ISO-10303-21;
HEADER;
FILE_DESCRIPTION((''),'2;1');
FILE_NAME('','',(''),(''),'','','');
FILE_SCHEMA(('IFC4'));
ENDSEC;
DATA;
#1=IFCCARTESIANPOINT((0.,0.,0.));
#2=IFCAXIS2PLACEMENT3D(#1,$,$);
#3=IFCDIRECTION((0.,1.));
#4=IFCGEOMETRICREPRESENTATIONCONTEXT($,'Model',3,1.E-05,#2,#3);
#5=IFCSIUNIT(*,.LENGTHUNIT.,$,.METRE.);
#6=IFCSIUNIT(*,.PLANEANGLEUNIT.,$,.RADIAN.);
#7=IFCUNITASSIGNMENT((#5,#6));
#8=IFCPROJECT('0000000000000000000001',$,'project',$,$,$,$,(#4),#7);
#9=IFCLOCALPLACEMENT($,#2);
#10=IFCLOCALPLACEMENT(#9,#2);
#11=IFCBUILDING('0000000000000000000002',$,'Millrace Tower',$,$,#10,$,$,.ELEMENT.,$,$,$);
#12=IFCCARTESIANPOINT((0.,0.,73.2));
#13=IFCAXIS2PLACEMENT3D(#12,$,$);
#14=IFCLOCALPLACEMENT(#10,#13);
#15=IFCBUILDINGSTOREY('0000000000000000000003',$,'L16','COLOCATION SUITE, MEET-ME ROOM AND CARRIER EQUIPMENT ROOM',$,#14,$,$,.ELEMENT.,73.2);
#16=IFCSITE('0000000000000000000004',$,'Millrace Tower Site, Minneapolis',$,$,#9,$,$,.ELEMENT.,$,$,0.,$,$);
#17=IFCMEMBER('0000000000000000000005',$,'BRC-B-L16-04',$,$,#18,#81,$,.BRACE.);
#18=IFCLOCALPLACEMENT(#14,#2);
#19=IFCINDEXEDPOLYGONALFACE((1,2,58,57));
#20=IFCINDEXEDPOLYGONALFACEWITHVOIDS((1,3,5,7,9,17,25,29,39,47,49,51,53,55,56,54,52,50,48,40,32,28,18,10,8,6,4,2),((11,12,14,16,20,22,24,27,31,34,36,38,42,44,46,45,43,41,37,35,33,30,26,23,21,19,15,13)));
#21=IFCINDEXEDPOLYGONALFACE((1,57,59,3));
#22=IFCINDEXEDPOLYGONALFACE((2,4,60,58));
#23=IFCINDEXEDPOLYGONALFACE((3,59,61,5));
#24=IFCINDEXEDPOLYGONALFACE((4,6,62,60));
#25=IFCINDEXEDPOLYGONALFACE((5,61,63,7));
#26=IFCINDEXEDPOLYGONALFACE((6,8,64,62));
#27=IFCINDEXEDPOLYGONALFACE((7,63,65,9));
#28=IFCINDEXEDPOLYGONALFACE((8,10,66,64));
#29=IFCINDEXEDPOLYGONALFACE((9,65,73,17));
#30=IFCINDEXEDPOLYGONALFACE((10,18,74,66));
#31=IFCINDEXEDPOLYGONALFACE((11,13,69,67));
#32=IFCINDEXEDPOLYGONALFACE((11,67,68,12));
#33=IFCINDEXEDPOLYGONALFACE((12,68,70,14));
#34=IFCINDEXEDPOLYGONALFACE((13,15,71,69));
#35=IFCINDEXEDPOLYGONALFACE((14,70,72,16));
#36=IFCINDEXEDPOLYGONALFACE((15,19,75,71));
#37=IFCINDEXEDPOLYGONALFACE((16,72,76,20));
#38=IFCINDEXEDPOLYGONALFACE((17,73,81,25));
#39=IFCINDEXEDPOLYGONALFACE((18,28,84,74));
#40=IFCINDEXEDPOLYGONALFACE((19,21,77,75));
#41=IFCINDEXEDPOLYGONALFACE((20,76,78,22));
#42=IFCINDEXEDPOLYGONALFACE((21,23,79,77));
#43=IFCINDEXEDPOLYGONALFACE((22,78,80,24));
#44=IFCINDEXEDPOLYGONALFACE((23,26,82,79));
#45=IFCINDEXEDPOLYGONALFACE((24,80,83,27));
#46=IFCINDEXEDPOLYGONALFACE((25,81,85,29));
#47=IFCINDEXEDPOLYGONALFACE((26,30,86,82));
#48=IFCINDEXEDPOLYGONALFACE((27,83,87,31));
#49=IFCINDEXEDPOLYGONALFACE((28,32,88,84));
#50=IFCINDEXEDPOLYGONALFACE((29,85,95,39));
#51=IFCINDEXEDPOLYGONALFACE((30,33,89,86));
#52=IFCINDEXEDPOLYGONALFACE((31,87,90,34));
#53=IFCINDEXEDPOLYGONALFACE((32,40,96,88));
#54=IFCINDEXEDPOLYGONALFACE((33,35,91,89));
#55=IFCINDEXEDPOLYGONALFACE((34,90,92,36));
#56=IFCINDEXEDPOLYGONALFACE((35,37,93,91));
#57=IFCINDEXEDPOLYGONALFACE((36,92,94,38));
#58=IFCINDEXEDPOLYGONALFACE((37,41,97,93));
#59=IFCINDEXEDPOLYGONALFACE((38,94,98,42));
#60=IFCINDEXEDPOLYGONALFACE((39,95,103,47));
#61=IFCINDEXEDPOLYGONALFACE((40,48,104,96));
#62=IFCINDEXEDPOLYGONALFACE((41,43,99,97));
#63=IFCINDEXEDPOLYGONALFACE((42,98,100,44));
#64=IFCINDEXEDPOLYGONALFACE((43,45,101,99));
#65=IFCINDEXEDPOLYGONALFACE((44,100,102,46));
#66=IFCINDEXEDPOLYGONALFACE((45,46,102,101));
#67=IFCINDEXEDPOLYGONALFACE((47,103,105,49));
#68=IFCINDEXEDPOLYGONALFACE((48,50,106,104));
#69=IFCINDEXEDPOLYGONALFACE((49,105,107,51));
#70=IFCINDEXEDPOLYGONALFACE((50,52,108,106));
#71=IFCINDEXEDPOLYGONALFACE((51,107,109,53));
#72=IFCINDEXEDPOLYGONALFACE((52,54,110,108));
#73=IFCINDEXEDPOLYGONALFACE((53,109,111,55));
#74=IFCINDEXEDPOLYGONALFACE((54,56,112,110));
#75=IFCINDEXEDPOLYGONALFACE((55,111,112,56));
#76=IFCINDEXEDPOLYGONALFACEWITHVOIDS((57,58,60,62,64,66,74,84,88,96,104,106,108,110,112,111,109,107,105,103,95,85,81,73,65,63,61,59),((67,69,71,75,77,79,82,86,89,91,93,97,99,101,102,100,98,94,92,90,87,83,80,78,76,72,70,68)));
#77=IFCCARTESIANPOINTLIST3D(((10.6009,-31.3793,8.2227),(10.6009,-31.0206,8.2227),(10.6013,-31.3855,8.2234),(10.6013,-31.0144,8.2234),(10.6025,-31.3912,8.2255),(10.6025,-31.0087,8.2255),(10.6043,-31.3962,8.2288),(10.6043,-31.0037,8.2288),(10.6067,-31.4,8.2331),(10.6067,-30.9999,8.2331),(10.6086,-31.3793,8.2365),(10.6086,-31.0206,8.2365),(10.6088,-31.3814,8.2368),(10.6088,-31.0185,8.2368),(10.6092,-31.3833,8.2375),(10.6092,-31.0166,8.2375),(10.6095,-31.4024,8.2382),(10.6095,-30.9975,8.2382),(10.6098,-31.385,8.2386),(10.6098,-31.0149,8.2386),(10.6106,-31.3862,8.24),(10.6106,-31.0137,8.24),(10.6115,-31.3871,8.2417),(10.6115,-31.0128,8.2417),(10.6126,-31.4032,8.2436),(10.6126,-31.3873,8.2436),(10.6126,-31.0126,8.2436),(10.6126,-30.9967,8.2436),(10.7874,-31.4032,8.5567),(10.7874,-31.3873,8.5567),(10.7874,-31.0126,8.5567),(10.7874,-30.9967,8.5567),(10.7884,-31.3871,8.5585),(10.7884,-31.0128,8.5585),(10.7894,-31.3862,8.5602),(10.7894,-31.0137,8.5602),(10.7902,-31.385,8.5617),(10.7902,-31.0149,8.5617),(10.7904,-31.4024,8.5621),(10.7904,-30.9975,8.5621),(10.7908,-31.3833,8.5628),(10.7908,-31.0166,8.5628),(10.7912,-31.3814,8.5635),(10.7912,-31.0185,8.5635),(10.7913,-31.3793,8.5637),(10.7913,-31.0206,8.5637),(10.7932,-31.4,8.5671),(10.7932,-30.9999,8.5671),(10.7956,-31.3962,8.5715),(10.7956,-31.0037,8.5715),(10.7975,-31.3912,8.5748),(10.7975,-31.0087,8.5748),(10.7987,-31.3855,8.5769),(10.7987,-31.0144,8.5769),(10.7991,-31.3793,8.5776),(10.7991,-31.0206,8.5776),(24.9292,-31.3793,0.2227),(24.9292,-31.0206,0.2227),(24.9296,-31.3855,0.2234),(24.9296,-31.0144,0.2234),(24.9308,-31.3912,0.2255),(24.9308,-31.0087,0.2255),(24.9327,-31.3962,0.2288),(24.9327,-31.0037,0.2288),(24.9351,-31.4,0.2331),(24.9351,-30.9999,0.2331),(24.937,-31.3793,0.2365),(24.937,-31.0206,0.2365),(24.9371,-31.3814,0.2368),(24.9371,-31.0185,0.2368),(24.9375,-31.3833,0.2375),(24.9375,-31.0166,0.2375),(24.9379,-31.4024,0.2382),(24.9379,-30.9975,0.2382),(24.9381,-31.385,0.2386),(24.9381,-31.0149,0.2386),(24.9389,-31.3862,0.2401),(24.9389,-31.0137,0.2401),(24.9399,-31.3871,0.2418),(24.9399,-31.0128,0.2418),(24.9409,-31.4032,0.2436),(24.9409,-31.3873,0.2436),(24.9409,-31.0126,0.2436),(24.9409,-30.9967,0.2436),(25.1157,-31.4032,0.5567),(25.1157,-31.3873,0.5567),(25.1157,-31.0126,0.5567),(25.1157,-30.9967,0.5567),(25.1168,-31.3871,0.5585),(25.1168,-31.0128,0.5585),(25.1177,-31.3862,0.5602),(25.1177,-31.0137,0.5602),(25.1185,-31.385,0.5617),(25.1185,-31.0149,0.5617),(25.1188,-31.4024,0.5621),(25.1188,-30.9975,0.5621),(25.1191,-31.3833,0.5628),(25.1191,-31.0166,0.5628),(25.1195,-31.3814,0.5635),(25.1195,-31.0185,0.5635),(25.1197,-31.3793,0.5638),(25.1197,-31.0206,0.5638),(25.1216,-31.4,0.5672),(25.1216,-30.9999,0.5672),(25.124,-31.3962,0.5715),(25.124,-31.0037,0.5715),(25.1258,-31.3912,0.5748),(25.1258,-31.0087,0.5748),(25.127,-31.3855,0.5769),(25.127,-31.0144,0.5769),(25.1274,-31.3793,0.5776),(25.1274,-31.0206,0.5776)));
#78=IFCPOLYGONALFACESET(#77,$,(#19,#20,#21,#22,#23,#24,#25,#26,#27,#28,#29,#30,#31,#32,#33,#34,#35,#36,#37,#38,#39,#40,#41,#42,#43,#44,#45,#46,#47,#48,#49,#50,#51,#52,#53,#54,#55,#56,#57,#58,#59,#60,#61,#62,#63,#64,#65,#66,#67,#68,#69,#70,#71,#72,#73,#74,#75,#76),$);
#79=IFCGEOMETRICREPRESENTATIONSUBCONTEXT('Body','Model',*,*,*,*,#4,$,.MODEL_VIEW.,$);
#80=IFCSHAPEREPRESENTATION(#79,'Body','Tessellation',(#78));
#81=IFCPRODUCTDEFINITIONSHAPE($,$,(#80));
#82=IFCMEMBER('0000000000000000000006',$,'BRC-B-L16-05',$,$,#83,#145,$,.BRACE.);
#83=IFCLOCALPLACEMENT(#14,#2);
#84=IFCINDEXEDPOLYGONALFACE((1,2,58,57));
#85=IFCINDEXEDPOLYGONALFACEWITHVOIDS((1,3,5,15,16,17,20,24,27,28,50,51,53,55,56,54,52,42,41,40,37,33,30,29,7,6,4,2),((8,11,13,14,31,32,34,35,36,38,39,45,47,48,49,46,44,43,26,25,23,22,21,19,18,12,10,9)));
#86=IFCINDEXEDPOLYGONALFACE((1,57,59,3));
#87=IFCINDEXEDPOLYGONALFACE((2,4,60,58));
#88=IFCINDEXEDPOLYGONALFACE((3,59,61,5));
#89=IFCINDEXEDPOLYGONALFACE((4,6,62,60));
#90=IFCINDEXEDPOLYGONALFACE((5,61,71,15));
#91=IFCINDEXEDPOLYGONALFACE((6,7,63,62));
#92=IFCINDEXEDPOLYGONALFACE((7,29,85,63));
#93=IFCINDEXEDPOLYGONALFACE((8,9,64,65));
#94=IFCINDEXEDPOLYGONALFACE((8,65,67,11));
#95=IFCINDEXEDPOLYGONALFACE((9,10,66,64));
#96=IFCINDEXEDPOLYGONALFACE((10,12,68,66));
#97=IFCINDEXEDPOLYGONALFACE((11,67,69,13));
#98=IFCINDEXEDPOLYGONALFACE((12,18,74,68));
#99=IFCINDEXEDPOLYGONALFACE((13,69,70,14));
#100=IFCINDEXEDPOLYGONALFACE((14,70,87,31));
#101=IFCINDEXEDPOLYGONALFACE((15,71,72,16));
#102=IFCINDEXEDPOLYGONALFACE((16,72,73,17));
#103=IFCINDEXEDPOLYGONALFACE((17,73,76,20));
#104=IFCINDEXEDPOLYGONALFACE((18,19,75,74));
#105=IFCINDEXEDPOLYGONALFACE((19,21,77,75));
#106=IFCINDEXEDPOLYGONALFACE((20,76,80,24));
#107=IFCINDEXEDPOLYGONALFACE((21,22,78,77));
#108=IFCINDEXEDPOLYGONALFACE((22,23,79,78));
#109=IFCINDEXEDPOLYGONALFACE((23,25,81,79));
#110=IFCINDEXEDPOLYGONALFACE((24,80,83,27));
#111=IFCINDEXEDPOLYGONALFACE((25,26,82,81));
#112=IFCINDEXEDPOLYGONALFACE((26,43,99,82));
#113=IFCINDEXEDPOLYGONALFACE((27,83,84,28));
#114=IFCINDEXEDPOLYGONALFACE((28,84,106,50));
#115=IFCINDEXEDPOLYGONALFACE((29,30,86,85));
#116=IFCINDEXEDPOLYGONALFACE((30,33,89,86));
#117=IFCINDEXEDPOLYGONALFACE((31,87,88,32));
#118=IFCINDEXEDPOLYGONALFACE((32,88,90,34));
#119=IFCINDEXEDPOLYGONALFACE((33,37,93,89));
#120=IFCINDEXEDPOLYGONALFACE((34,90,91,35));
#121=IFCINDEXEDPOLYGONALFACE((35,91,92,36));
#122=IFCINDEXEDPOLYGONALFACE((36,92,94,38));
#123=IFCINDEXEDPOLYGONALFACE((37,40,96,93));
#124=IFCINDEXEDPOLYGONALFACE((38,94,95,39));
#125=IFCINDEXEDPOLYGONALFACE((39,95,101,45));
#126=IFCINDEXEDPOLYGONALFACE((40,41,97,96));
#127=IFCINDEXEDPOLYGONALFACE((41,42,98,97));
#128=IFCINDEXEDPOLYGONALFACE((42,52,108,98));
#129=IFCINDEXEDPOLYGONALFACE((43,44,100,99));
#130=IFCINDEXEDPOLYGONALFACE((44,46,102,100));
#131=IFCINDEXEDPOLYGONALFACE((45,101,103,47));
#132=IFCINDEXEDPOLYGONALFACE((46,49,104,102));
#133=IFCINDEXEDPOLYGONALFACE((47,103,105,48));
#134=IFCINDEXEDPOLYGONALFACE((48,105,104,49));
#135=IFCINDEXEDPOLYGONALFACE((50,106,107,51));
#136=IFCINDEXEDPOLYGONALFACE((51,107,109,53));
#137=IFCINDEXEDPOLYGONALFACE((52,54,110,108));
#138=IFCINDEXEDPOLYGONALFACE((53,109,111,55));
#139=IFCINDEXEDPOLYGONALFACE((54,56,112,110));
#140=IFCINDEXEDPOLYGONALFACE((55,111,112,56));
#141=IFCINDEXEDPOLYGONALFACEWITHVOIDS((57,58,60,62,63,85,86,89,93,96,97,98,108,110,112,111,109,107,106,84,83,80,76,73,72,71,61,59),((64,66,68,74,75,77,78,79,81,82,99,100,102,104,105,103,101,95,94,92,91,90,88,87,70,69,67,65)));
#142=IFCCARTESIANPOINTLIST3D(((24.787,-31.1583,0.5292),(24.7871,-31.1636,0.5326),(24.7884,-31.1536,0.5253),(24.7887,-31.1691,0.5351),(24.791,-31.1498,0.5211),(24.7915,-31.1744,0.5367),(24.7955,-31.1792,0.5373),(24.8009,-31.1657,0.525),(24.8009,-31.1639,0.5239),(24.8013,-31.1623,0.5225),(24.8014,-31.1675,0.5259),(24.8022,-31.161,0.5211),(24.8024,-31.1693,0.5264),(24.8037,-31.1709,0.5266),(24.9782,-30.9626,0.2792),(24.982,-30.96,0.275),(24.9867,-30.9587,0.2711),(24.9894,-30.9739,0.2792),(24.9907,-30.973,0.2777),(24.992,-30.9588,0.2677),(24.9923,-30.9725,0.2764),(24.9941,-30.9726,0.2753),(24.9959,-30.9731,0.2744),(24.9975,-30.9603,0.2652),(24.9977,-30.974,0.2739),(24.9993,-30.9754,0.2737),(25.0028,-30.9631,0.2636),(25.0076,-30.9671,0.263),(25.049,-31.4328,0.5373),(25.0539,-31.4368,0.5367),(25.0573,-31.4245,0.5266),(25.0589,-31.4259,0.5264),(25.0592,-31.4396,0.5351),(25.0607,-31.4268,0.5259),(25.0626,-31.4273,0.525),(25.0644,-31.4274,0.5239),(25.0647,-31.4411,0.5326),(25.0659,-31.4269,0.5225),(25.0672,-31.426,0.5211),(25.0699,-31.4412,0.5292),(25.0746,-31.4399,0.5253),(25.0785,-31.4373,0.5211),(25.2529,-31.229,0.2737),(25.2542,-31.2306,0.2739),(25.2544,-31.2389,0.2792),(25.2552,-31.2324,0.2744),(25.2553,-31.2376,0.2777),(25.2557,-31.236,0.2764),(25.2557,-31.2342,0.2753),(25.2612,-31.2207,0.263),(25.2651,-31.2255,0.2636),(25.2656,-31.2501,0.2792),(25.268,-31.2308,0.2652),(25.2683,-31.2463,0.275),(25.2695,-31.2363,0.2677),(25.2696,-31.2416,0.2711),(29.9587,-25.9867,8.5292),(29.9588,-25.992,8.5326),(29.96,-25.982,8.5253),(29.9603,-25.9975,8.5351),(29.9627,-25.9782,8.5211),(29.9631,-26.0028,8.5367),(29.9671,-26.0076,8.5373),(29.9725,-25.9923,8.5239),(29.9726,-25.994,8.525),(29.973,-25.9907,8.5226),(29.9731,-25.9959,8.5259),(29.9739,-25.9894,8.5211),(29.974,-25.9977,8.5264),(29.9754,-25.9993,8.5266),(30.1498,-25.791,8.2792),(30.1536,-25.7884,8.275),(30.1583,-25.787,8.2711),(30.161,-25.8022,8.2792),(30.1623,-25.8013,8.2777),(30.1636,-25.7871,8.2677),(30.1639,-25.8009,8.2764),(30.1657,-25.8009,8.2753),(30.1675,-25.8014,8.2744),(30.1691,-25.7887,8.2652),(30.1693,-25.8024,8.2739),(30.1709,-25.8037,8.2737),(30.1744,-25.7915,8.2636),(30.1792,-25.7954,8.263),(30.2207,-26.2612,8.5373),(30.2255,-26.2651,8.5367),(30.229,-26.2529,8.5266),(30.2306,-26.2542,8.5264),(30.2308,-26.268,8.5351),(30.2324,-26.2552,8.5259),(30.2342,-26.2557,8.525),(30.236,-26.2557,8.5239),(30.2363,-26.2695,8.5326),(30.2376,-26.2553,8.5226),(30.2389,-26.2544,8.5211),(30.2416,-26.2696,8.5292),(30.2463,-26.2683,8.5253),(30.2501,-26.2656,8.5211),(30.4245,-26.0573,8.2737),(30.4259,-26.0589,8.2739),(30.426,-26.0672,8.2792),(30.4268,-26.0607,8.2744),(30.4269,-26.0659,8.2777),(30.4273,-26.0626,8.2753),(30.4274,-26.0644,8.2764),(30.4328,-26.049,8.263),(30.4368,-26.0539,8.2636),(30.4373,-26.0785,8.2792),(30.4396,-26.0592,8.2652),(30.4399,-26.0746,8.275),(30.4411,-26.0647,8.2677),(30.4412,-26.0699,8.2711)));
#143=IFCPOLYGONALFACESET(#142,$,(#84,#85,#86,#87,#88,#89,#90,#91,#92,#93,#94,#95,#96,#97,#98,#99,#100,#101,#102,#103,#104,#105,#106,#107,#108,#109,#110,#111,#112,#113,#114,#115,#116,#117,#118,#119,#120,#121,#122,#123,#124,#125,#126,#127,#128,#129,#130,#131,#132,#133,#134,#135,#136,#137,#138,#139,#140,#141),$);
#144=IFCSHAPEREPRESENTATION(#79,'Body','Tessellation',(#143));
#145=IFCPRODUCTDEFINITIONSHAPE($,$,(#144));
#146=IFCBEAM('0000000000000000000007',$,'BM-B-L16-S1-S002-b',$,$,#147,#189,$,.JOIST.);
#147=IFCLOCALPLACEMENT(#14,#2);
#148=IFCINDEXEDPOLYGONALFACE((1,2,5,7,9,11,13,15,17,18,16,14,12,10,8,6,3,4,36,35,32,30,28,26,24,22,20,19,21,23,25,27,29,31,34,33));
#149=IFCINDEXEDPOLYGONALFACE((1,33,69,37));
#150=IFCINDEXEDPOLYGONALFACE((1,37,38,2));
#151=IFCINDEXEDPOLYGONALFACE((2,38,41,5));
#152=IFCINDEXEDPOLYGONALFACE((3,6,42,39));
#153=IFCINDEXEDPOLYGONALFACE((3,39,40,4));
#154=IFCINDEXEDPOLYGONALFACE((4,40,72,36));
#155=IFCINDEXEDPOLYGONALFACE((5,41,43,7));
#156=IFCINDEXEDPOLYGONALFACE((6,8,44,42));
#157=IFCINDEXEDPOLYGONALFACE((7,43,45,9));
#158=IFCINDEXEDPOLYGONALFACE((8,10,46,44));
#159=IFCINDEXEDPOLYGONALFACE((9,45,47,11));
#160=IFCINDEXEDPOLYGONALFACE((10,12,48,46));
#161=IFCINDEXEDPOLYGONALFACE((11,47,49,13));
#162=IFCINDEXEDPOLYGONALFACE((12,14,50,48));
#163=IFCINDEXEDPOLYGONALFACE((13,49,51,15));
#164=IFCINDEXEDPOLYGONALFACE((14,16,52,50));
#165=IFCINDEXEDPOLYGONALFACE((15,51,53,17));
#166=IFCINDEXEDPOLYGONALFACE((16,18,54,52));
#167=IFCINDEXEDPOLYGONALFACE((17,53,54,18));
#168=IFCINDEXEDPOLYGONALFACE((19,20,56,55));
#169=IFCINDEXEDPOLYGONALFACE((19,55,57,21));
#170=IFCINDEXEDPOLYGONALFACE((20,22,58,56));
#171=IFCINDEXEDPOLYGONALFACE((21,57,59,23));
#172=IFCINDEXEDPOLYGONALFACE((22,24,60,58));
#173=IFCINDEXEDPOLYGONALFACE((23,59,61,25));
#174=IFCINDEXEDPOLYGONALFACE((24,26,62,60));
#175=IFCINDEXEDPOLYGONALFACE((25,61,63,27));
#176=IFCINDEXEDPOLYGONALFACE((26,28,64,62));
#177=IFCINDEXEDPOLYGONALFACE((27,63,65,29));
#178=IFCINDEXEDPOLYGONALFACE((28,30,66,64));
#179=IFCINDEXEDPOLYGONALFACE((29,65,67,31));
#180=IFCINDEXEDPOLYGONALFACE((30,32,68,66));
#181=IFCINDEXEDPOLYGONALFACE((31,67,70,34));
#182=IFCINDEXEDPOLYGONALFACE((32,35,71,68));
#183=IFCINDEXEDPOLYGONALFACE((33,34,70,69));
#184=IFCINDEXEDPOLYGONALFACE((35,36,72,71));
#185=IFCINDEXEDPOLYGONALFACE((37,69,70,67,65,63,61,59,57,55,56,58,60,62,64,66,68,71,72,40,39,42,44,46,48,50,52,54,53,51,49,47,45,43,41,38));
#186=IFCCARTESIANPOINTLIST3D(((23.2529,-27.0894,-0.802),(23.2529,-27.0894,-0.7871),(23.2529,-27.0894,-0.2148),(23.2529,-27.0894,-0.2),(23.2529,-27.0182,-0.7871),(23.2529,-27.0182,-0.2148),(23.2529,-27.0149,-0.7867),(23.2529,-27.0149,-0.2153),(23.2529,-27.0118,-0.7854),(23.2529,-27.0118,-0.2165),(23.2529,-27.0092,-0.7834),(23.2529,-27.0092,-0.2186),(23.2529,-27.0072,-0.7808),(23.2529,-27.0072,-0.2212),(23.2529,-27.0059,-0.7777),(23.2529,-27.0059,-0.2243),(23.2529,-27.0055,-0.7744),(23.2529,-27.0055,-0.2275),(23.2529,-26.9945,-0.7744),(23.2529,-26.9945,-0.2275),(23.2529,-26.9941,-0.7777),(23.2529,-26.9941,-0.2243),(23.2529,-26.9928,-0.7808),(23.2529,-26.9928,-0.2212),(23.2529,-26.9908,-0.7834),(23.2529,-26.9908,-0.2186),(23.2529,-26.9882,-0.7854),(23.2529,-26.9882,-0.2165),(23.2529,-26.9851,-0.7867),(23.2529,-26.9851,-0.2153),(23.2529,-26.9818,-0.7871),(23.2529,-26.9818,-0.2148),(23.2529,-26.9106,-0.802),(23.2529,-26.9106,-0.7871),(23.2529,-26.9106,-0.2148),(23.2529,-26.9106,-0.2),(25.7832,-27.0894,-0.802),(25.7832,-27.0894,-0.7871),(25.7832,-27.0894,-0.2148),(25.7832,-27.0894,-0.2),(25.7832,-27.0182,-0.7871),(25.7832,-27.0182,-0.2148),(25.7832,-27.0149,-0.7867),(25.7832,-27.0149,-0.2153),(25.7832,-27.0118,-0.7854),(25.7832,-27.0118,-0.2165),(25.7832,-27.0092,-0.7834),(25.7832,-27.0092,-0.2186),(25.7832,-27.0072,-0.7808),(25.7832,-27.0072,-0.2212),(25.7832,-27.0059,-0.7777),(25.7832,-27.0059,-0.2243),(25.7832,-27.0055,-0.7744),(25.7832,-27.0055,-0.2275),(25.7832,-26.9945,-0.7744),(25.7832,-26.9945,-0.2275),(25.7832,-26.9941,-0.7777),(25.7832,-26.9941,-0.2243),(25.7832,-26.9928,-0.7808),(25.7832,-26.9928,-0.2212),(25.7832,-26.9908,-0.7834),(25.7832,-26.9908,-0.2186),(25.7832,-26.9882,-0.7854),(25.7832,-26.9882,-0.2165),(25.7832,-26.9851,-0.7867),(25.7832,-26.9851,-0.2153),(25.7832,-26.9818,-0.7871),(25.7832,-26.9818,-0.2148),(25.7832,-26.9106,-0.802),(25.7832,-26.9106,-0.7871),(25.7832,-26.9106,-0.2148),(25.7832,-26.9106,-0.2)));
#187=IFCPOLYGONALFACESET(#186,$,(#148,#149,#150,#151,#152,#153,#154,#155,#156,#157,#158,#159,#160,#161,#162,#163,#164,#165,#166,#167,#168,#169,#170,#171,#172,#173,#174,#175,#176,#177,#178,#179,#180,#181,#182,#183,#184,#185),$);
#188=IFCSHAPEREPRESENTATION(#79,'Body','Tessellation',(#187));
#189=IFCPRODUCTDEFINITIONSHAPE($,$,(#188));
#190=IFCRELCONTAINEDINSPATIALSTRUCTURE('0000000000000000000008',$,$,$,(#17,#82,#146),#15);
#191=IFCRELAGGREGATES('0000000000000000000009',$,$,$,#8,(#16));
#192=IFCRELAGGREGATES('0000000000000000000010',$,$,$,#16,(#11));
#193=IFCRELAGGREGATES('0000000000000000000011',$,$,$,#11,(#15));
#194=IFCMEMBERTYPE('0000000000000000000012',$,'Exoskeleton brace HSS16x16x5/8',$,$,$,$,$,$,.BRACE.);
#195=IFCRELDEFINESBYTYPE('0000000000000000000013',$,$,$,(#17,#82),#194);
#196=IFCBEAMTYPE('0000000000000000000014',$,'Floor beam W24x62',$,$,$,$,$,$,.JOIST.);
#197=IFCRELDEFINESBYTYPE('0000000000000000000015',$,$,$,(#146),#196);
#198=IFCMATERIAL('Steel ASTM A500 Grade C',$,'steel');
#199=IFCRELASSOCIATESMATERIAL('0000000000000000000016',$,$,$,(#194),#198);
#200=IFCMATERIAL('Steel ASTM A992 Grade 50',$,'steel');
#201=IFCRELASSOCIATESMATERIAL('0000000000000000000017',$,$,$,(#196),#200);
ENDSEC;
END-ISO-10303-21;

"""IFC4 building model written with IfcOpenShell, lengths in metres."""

from ifc_helpers import new_model, si_unit, direction, frame, origin, origin_2d, place, context, subcontext, project, spatial, hollow_rectangle, i_section, extrude, material, material_profile, profile_set, type_object, element, save


model = new_model("IFC4")

# Units and contexts
model_context = context("Model", 3, precision=1e-05, world=origin(), true_north=direction((0.0, 1.0)))
body_context = subcontext(model_context, "Body", "Model", "MODEL_VIEW")
ifc_project = project(units=[si_unit("LENGTHUNIT", "METRE"), si_unit("PLANEANGLEUNIT", "RADIAN")], contexts=[model_context])

# Site, building, storey
site_placement = place(None, origin())
site = spatial("IfcSite", under=ifc_project, at=site_placement, Name="Millrace Tower Site, Minneapolis", CompositionType="ELEMENT", RefElevation=0.0)
building_placement = place(site_placement, origin())
building = spatial("IfcBuilding", under=site, at=building_placement, Name="Millrace Tower", CompositionType="ELEMENT")
storey_placement = place(building_placement, frame((0.0, 0.0, 73.2)))
storey = spatial("IfcBuildingStorey", under=building, at=storey_placement, Name="L16", Description="COLOCATION SUITE, MEET-ME ROOM AND CARRIER EQUIPMENT ROOM", CompositionType="ELEMENT", Elevation=73.2)

# Members
ifc_material_1 = material(Name="Steel ASTM A500 Grade C", Category="steel")
ifc_material_profile_1 = material_profile(ifc_material_1, hollow_rectangle(XDim=0.4065, YDim=0.4065, WallThickness=0.0159, InnerFilletRadius=0.0081, OuterFilletRadius=0.0239, at=origin_2d()))
ifc_profile_set_1 = profile_set([ifc_material_profile_1], Name="Steel ASTM A500 Grade C")
member_type_1 = type_object("IfcMemberType", Name="Exoskeleton brace HSS16x16x5/8", PredefinedType="BRACE", material=ifc_profile_set_1)
member_1_placement = place(storey_placement, frame((25.0283, -31.2, 0.4001), z_axis=(-0.873126, 0.0, 0.487495), x_axis=(0.0, -1.0, 0.0)))
element("IfcMember", 1, at=member_1_placement, inside=storey, type_object=member_type_1, Name="BRC-B-L16-04", PredefinedType="BRACE", context=body_context, shape_type="SweptSolid", body=[
    extrude(hollow_rectangle(XDim=0.4065, YDim=0.4065, WallThickness=0.0159, InnerFilletRadius=0.0081, OuterFilletRadius=0.0239, at=origin_2d()), origin(), (0.0, 0.0, 1.0), 16.4104),
])
member_2_placement = place(storey_placement, frame((25.0283, -31.2, 0.4001), z_axis=(0.477116, 0.477116, 0.738052), x_axis=(-0.707107, 0.707107, 0.0)))
element("IfcMember", 2, at=member_2_placement, inside=storey, type_object=member_type_1, Name="BRC-B-L16-05", PredefinedType="BRACE", context=body_context, shape_type="SweptSolid", body=[
    extrude(hollow_rectangle(XDim=0.4065, YDim=0.4065, WallThickness=0.0159, InnerFilletRadius=0.0081, OuterFilletRadius=0.0239, at=origin_2d()), origin(), (0.0, 0.0, 1.0), 10.8394),
])

# Beam
ifc_material_2 = material(Name="Steel ASTM A992 Grade 50", Category="steel")
ifc_material_profile_2 = material_profile(ifc_material_2, i_section(OverallWidth=0.1787, OverallDepth=0.6021, WebThickness=0.011, FlangeThickness=0.0149, FilletRadius=0.0127, at=origin_2d()))
ifc_profile_set_2 = profile_set([ifc_material_profile_2], Name="Steel ASTM A992 Grade 50")
beam_type_1 = type_object("IfcBeamType", Name="Floor beam W24x62", PredefinedType="JOIST", material=ifc_profile_set_2)
beam_1_placement = place(storey_placement, frame((23.2529, -27.0, -0.501), z_axis=(1.0, 0.0, 0.0), x_axis=(0.0, 1.0, 0.0)))
element("IfcBeam", 3, at=beam_1_placement, inside=storey, type_object=beam_type_1, Name="BM-B-L16-S1-S002-b", PredefinedType="JOIST", context=body_context, shape_type="SweptSolid", body=[
    extrude(i_section(OverallWidth=0.1787, OverallDepth=0.6021, WebThickness=0.011, FlangeThickness=0.0149, FilletRadius=0.0127, at=origin_2d()), origin(), (0.0, 0.0, 1.0), 2.5303),
])

save(model, "model.ifc")
